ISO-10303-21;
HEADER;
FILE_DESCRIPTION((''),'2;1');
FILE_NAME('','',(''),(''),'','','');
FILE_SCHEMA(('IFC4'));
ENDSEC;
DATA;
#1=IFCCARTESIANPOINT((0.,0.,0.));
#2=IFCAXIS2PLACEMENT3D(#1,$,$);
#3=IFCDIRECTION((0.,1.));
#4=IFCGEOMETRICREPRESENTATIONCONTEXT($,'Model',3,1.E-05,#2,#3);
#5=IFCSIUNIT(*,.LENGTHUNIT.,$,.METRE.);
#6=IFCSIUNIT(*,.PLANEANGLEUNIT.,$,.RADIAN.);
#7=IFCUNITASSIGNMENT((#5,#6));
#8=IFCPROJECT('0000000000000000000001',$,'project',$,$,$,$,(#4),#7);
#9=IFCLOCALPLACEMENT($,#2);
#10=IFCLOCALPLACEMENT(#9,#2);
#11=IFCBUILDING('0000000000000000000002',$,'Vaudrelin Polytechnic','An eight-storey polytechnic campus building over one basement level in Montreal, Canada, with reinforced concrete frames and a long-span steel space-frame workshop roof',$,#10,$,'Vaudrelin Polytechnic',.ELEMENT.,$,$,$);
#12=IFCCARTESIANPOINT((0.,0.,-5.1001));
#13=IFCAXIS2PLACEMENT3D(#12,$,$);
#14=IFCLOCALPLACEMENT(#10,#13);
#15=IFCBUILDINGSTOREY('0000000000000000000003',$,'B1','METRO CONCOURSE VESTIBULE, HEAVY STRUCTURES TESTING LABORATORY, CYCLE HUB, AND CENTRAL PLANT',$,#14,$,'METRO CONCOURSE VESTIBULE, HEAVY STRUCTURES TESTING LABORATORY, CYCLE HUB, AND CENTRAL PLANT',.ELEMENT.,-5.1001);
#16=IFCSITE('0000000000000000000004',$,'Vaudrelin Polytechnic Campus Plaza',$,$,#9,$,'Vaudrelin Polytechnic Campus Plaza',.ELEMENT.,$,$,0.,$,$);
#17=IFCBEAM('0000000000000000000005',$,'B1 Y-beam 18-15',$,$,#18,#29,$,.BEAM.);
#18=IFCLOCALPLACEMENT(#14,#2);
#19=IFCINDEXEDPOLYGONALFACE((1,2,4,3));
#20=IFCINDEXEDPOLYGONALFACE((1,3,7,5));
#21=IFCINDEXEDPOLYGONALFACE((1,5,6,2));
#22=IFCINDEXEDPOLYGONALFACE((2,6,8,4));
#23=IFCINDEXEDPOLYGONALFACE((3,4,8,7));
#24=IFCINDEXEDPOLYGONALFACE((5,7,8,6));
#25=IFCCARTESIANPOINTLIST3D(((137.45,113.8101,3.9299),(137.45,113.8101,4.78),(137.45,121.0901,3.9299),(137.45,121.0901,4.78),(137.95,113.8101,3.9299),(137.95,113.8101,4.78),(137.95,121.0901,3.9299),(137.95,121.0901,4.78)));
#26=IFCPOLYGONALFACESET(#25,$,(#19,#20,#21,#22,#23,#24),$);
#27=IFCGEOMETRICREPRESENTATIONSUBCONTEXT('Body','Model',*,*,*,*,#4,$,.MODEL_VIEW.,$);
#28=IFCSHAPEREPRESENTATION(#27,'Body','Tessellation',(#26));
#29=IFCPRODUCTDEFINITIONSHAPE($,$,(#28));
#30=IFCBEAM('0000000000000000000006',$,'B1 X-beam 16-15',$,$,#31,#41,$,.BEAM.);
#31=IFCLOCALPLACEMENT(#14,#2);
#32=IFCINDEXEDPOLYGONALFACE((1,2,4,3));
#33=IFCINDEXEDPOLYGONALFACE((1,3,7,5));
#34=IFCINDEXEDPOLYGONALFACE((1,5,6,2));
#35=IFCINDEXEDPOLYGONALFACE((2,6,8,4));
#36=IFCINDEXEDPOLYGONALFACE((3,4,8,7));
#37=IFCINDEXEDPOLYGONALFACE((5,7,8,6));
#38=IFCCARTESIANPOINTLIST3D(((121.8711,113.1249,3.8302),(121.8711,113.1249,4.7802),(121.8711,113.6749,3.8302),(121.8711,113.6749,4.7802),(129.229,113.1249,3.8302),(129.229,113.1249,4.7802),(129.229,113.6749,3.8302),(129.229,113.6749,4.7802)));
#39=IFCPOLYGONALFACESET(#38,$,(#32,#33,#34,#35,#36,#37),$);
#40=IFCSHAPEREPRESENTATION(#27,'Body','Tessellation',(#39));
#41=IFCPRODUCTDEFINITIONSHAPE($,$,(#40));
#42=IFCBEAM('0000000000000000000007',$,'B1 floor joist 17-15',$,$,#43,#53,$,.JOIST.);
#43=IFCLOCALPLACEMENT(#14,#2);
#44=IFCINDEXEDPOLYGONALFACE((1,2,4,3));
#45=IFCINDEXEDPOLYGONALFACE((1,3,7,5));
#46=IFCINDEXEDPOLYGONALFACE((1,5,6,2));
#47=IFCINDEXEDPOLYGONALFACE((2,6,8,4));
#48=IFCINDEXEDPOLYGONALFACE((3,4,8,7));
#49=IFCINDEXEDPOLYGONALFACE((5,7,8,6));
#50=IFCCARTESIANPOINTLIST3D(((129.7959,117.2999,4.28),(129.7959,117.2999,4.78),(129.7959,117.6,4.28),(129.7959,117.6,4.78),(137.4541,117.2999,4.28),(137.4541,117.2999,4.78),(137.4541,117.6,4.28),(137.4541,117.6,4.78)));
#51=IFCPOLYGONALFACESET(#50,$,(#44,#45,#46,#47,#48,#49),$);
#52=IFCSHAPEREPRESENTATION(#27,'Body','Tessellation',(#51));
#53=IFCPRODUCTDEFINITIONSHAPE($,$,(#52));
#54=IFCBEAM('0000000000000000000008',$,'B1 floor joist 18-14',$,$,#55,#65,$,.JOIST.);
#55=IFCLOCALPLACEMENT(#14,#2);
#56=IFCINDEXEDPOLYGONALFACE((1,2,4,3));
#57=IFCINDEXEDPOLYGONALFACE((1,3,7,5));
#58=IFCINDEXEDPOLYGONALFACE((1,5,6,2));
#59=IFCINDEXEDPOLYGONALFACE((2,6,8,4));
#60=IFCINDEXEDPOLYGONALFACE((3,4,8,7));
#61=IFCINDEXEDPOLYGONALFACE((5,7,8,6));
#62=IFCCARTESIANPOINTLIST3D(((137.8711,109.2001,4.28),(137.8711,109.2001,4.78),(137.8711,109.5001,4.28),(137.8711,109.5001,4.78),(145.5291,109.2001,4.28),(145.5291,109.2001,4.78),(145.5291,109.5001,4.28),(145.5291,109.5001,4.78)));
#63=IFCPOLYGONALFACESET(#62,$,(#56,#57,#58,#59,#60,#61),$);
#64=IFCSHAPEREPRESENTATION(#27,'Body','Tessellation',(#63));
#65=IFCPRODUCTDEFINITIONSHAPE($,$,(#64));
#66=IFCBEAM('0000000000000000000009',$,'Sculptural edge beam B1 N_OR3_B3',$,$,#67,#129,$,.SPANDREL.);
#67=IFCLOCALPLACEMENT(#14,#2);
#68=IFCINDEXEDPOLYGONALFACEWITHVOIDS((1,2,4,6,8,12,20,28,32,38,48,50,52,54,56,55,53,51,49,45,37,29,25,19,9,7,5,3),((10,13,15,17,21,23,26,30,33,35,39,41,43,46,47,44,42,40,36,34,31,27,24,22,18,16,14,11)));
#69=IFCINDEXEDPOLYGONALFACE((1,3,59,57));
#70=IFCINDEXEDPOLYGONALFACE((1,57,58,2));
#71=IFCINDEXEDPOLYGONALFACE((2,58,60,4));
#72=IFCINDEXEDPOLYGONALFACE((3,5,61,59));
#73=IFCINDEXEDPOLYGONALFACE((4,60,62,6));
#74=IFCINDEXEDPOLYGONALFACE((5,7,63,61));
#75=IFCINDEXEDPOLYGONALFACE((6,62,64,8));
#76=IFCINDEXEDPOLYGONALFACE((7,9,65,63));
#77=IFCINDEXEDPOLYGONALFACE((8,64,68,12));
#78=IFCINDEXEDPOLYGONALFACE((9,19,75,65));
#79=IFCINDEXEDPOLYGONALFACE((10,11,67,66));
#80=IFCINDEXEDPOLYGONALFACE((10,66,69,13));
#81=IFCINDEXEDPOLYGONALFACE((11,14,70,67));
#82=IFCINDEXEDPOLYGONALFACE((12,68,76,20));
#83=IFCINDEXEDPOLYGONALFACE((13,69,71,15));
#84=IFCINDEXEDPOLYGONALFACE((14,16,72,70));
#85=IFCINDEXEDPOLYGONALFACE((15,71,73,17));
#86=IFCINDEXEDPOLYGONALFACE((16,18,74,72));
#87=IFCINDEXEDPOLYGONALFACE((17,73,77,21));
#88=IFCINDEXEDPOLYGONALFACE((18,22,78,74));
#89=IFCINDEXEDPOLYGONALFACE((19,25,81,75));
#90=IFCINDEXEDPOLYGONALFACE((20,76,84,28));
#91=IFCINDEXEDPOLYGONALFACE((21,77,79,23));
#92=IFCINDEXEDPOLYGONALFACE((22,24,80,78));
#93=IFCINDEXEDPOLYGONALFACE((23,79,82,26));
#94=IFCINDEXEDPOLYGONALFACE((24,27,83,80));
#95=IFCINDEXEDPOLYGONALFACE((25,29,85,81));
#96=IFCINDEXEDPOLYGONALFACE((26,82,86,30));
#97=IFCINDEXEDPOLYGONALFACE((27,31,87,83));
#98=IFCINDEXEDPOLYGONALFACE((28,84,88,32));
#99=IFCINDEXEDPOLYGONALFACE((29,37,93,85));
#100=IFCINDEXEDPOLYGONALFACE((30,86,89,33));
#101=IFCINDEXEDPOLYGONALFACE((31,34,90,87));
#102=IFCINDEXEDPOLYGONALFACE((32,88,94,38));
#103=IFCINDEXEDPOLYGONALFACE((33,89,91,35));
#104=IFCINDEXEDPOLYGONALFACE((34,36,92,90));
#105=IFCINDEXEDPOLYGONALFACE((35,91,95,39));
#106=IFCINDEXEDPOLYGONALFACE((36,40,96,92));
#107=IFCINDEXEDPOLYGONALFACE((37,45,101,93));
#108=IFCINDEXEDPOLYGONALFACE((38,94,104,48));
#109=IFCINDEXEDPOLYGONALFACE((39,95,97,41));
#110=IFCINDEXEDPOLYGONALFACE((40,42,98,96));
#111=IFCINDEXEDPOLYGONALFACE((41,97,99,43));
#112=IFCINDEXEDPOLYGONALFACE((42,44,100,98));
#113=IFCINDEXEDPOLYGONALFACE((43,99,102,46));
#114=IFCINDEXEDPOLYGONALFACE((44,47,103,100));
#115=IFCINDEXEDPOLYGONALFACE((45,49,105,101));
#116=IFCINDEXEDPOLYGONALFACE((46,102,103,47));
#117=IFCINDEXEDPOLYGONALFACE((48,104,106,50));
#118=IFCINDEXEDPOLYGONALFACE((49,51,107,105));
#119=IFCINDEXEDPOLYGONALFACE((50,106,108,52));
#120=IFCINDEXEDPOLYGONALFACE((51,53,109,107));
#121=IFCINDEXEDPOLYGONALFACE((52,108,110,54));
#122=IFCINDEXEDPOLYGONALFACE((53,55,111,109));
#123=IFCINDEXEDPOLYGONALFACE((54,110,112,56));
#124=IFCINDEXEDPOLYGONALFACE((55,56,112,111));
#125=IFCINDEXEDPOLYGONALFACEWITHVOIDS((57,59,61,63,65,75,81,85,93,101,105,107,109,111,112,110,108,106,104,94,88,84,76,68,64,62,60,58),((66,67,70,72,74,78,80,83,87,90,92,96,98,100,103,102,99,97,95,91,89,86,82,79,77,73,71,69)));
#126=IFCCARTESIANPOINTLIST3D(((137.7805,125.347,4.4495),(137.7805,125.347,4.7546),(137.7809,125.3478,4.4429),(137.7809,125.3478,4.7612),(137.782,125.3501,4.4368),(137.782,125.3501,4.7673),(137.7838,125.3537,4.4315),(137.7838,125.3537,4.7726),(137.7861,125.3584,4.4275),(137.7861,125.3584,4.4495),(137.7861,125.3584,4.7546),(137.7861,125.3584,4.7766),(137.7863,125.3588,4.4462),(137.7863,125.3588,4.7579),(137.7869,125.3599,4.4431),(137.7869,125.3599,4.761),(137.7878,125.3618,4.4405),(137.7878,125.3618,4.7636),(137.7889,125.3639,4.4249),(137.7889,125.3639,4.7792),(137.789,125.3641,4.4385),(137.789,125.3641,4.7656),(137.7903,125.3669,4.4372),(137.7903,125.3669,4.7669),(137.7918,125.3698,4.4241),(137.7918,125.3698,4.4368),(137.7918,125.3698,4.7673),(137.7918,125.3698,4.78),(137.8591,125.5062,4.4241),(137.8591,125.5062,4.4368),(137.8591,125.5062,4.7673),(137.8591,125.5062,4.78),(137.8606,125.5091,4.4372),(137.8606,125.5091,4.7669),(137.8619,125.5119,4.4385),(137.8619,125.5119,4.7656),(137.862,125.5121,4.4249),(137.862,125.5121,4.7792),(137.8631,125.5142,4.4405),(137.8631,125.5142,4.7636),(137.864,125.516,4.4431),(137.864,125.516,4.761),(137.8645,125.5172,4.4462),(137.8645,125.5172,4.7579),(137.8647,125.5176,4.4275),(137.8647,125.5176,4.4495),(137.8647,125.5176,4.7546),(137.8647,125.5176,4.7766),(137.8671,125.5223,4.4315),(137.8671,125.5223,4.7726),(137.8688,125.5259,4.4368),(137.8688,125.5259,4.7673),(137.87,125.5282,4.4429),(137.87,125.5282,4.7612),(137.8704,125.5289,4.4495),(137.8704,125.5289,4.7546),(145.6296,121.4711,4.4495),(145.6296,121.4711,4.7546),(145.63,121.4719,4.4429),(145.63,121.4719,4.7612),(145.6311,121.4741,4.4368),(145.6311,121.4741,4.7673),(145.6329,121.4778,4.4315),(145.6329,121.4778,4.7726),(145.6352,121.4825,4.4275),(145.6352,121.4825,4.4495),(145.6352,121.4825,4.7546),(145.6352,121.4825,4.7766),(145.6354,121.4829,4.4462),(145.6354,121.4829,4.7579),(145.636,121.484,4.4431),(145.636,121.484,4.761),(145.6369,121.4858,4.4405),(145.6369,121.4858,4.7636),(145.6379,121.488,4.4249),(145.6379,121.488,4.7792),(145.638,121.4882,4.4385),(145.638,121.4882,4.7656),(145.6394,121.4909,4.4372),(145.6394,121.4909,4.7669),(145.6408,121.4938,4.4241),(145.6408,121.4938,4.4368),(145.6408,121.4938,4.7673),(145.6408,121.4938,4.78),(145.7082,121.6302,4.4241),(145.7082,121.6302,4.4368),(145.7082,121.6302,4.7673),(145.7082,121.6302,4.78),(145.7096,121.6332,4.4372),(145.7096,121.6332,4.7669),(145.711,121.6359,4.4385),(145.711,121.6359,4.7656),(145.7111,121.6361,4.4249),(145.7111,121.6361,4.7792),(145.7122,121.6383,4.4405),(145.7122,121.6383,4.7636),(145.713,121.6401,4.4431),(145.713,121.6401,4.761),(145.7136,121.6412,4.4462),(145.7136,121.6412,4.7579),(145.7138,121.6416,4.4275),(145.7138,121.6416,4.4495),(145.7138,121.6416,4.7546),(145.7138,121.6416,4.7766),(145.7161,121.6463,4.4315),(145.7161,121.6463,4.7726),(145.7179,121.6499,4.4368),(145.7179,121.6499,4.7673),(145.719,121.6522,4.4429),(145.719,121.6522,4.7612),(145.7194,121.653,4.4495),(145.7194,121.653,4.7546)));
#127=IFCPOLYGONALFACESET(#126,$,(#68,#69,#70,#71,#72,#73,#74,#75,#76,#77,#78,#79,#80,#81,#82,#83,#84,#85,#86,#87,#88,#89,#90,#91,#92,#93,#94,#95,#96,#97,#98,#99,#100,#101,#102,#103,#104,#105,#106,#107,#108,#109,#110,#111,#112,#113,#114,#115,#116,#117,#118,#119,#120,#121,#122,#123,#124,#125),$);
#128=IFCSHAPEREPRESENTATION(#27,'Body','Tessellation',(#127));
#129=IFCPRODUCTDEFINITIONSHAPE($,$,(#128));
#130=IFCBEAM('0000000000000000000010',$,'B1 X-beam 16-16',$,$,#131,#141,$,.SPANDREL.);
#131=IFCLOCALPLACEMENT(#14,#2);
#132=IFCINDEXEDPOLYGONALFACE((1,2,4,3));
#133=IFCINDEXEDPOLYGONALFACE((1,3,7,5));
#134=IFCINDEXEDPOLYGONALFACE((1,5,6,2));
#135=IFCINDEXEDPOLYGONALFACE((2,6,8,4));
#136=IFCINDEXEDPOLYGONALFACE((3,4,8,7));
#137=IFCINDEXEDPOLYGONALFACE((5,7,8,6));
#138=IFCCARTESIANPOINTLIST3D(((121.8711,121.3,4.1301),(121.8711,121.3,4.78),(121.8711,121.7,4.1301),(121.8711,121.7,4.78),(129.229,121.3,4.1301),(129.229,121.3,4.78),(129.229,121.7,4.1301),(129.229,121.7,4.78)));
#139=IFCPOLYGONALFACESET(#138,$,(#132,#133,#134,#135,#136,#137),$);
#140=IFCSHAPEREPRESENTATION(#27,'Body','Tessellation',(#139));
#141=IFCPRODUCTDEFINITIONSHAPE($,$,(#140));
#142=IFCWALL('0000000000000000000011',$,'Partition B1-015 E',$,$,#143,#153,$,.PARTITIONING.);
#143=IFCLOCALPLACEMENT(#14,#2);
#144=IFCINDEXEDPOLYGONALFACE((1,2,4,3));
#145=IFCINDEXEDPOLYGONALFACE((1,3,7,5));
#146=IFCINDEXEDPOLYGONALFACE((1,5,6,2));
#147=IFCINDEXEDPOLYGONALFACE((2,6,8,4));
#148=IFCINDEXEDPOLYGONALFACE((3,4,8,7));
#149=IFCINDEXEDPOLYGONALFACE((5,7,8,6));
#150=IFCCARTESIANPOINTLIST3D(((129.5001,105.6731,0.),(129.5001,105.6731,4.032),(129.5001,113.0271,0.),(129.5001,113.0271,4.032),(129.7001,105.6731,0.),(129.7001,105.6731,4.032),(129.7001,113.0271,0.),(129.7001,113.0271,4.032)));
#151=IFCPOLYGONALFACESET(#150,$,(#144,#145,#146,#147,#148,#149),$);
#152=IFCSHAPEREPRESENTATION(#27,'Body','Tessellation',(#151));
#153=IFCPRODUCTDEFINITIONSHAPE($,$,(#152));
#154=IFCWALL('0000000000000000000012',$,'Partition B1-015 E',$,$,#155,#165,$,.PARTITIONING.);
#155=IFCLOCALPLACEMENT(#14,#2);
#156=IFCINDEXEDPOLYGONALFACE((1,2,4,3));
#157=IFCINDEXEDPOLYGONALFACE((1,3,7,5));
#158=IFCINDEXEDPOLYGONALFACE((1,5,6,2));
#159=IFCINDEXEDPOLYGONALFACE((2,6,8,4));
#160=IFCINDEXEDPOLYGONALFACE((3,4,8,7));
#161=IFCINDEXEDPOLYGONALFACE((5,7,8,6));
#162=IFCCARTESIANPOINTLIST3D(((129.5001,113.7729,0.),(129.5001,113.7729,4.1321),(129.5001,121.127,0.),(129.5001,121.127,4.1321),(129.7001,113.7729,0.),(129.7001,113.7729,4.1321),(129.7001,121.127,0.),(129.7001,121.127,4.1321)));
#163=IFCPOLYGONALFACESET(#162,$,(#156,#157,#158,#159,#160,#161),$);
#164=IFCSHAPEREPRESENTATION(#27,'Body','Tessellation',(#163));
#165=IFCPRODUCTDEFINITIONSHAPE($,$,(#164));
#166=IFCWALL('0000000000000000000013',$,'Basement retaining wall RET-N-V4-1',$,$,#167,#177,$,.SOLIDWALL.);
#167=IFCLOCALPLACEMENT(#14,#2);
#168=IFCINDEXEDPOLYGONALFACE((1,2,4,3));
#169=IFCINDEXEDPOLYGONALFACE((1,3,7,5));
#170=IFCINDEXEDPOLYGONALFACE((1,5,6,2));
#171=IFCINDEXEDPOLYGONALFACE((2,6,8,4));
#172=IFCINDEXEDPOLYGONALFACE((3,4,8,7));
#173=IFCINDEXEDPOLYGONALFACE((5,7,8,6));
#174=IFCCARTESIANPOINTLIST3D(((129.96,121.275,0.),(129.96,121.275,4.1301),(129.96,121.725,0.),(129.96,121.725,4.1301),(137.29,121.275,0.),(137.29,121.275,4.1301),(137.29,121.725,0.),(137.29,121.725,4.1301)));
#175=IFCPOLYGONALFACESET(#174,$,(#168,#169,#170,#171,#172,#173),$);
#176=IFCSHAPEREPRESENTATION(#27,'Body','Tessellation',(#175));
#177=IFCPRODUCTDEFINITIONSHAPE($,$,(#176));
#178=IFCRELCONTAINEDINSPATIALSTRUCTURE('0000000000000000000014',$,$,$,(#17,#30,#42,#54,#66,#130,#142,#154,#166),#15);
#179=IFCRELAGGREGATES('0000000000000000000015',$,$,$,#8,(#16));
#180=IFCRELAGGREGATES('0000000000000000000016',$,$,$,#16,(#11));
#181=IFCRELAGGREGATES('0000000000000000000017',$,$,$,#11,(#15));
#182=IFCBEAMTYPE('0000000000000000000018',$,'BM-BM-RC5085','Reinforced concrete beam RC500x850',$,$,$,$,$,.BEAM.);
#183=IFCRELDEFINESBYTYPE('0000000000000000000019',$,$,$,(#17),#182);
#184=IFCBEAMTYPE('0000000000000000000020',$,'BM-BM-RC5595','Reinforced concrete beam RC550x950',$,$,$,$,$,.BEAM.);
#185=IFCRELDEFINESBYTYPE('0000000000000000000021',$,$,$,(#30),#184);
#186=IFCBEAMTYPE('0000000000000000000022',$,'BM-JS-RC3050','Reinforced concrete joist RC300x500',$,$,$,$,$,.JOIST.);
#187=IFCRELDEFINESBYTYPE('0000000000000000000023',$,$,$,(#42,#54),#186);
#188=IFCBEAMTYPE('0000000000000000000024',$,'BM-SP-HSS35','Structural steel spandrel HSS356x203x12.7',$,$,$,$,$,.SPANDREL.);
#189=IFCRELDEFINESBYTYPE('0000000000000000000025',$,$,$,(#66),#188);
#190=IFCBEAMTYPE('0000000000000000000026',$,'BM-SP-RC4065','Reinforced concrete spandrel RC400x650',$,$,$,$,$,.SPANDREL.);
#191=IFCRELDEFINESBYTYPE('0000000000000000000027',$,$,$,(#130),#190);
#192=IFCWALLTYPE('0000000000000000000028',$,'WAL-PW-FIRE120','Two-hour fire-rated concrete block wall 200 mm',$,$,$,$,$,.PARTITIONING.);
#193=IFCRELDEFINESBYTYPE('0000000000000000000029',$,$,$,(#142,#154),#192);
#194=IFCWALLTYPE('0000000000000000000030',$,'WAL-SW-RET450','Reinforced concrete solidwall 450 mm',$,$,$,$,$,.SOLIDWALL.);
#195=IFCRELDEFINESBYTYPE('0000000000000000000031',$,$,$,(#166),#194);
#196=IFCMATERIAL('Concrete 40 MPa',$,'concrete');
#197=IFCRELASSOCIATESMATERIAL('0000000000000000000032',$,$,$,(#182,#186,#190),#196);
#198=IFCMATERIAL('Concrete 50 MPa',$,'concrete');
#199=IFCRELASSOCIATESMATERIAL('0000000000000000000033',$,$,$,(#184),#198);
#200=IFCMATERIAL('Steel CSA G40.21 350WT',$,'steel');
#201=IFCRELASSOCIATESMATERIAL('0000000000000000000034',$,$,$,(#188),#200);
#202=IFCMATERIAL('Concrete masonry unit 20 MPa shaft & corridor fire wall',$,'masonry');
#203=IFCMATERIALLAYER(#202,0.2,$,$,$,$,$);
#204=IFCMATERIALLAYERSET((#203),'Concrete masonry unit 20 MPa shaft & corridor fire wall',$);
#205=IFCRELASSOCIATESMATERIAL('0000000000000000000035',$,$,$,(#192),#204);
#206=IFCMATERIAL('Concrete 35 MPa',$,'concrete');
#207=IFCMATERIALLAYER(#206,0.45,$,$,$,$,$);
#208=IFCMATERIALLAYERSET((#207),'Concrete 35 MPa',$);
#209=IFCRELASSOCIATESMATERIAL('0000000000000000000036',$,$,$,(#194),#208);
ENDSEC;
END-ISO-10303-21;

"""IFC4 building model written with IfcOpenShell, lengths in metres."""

from ifc_helpers import new_model, si_unit, direction, frame, frame_2d, origin, origin_2d, place, context, subcontext, project, spatial, rectangle, hollow_rectangle, extrude, material, layer, layer_set, material_profile, profile_set, type_object, element, save


model = new_model("IFC4")

# Units and contexts
model_context = context("Model", 3, precision=1e-05, world=origin(), true_north=direction((0.0, 1.0)))
body_context = subcontext(model_context, "Body", "Model", "MODEL_VIEW")
ifc_project = project(units=[si_unit("LENGTHUNIT", "METRE"), si_unit("PLANEANGLEUNIT", "RADIAN")], contexts=[model_context])

# Site, building, storey
site_placement = place(None, origin())
site = spatial("IfcSite", under=ifc_project, at=site_placement, Name="Vaudrelin Polytechnic Campus Plaza", LongName="Vaudrelin Polytechnic Campus Plaza", CompositionType="ELEMENT", RefElevation=0.0)
building_placement = place(site_placement, origin())
building = spatial("IfcBuilding", under=site, at=building_placement, Name="Vaudrelin Polytechnic", Description="An eight-storey polytechnic campus building over one basement level in Montreal, Canada, with reinforced concrete frames and a long-span steel space-frame workshop roof", LongName="Vaudrelin Polytechnic", CompositionType="ELEMENT")
storey_placement = place(building_placement, frame((0.0, 0.0, -5.1001)))
storey = spatial("IfcBuildingStorey", under=building, at=storey_placement, Name="B1", Description="METRO CONCOURSE VESTIBULE, HEAVY STRUCTURES TESTING LABORATORY, CYCLE HUB, AND CENTRAL PLANT", LongName="METRO CONCOURSE VESTIBULE, HEAVY STRUCTURES TESTING LABORATORY, CYCLE HUB, AND CENTRAL PLANT", CompositionType="ELEMENT", Elevation=-5.1001)

# Shared definitions
ifc_material_1 = material(Name="Concrete 40 MPa", Category="concrete")

# Shared definitions
ifc_material_2 = material(Name="Steel CSA G40.21 350WT", Category="steel")
ifc_material_3 = material(Name="Concrete 50 MPa", Category="concrete")

# Beams
ifc_material_profile_1 = material_profile(ifc_material_1, rectangle(XDim=0.5, YDim=0.8501, at=origin_2d()), Name="RC500x850")
ifc_profile_set_1 = profile_set([ifc_material_profile_1], Name="Concrete 40 MPa")
beam_type_1 = type_object("IfcBeamType", Name="BM-BM-RC5085", Description="Reinforced concrete beam RC500x850", PredefinedType="BEAM", material=ifc_profile_set_1)
beam_1_placement = place(storey_placement, frame((137.7, 113.8101, 4.355), z_axis=(0.0, 1.0, 0.0), x_axis=(-1.0, 0.0, 0.0)))
element("IfcBeam", 1, at=beam_1_placement, inside=storey, type_object=beam_type_1, Name="B1 Y-beam 18-15", PredefinedType="BEAM", context=body_context, shape_type="SweptSolid", body=[
    extrude(rectangle(XDim=0.5, YDim=0.8501, at=origin_2d()), origin(), (0.0, 0.0, 1.0), 7.28),
])
ifc_material_profile_2 = material_profile(ifc_material_3, rectangle(XDim=0.55, YDim=0.95, at=origin_2d()), Name="RC550x950")
ifc_profile_set_2 = profile_set([ifc_material_profile_2], Name="Concrete 50 MPa")
beam_type_2 = type_object("IfcBeamType", Name="BM-BM-RC5595", Description="Reinforced concrete beam RC550x950", PredefinedType="BEAM", material=ifc_profile_set_2)
beam_2_placement = place(storey_placement, frame((121.8711, 113.3999, 4.3052), z_axis=(1.0, 0.0, 0.0), x_axis=(0.0, 1.0, 0.0)))
element("IfcBeam", 2, at=beam_2_placement, inside=storey, type_object=beam_type_2, Name="B1 X-beam 16-15", PredefinedType="BEAM", context=body_context, shape_type="SweptSolid", body=[
    extrude(rectangle(XDim=0.55, YDim=0.95, at=origin_2d()), origin(), (0.0, 0.0, 1.0), 7.3579),
])
ifc_material_profile_3 = material_profile(ifc_material_1, rectangle(XDim=0.3, YDim=0.5, at=origin_2d()), Name="RC300x500")
ifc_profile_set_3 = profile_set([ifc_material_profile_3], Name="Concrete 40 MPa")
beam_type_3 = type_object("IfcBeamType", Name="BM-JS-RC3050", Description="Reinforced concrete joist RC300x500", PredefinedType="JOIST", material=ifc_profile_set_3)
beam_3_placement = place(storey_placement, frame((129.7959, 117.45, 4.53), z_axis=(1.0, 0.0, 0.0), x_axis=(0.0, 1.0, 0.0)))
element("IfcBeam", 3, at=beam_3_placement, inside=storey, type_object=beam_type_3, Name="B1 floor joist 17-15", PredefinedType="JOIST", context=body_context, shape_type="SweptSolid", body=[
    extrude(rectangle(XDim=0.3, YDim=0.5, at=origin_2d()), origin(), (0.0, 0.0, 1.0), 7.6582),
])
beam_4_placement = place(storey_placement, frame((137.8711, 109.3501, 4.53), z_axis=(1.0, 0.0, 0.0), x_axis=(0.0, 1.0, 0.0)))
element("IfcBeam", 4, at=beam_4_placement, inside=storey, type_object=beam_type_3, Name="B1 floor joist 18-14", PredefinedType="JOIST", context=body_context, shape_type="SweptSolid", body=[
    extrude(rectangle(XDim=0.3, YDim=0.5, at=origin_2d()), origin(), (0.0, 0.0, 1.0), 7.658),
])
ifc_material_profile_4 = material_profile(ifc_material_2, hollow_rectangle(XDim=0.2029, YDim=0.356, WallThickness=0.0127, InnerFilletRadius=0.0127, OuterFilletRadius=0.0254, at=origin_2d()), Name="HSS356x203x12.7")
ifc_profile_set_4 = profile_set([ifc_material_profile_4], Name="Steel CSA G40.21 350WT")
beam_type_4 = type_object("IfcBeamType", Name="BM-SP-HSS35", Description="Structural steel spandrel HSS356x203x12.7", PredefinedType="SPANDREL", material=ifc_profile_set_4)
beam_5_placement = place(storey_placement, frame((137.8254, 125.438, 4.6021), z_axis=(0.896636, -0.442768, 0.0), x_axis=(0.442768, 0.896636, 0.0)))
element("IfcBeam", 5, at=beam_5_placement, inside=storey, type_object=beam_type_4, Name="Sculptural edge beam B1 N_OR3_B3", PredefinedType="SPANDREL", context=body_context, shape_type="SweptSolid", body=[
    extrude(hollow_rectangle(XDim=0.2029, YDim=0.356, WallThickness=0.0127, InnerFilletRadius=0.0127, OuterFilletRadius=0.0254, at=origin_2d()), origin(), (0.0, 0.0, 1.0), 8.7539),
])
ifc_material_profile_5 = material_profile(ifc_material_1, rectangle(XDim=0.3999, YDim=0.6499, at=origin_2d()), Name="RC400x650")
ifc_profile_set_5 = profile_set([ifc_material_profile_5], Name="Concrete 40 MPa")
beam_type_5 = type_object("IfcBeamType", Name="BM-SP-RC4065", Description="Reinforced concrete spandrel RC400x650", PredefinedType="SPANDREL", material=ifc_profile_set_5)
beam_6_placement = place(storey_placement, frame((121.8711, 121.5, 4.4551), z_axis=(1.0, 0.0, 0.0), x_axis=(0.0, 1.0, 0.0)))
element("IfcBeam", 6, at=beam_6_placement, inside=storey, type_object=beam_type_5, Name="B1 X-beam 16-16", PredefinedType="SPANDREL", context=body_context, shape_type="SweptSolid", body=[
    extrude(rectangle(XDim=0.3999, YDim=0.6499, at=origin_2d()), origin(), (0.0, 0.0, 1.0), 7.3579),
])

# Walls
ifc_material_4 = material(Name="Concrete masonry unit 20 MPa shaft & corridor fire wall", Category="masonry")
ifc_layer_1 = layer(ifc_material_4, 0.2)
ifc_layer_set_1 = layer_set([ifc_layer_1], Name="Concrete masonry unit 20 MPa shaft & corridor fire wall")
wall_type_1 = type_object("IfcWallType", Name="WAL-PW-FIRE120", Description="Two-hour fire-rated concrete block wall 200 mm", PredefinedType="PARTITIONING", material=ifc_layer_set_1)
wall_1_placement = place(storey_placement, frame((129.6001, 105.6731, 0.0), z_axis=(0.0, 0.0, 1.0), x_axis=(0.0, 1.0, 0.0)))
element("IfcWall", 7, at=wall_1_placement, inside=storey, type_object=wall_type_1, Name="Partition B1-015 E", PredefinedType="PARTITIONING", context=body_context, shape_type="SweptSolid", body=[
    extrude(rectangle(XDim=7.354, YDim=0.2, at=frame_2d((3.677, 0.0))), origin(), (0.0, 0.0, 1.0), 4.032),
])
wall_2_placement = place(storey_placement, frame((129.6001, 113.7729, 0.0), z_axis=(0.0, 0.0, 1.0), x_axis=(0.0, 1.0, 0.0)))
element("IfcWall", 8, at=wall_2_placement, inside=storey, type_object=wall_type_1, Name="Partition B1-015 E", PredefinedType="PARTITIONING", context=body_context, shape_type="SweptSolid", body=[
    extrude(rectangle(XDim=7.354, YDim=0.2, at=frame_2d((3.677, 0.0))), origin(), (0.0, 0.0, 1.0), 4.1321),
])
ifc_material_5 = material(Name="Concrete 35 MPa", Category="concrete")
ifc_layer_2 = layer(ifc_material_5, 0.45)
ifc_layer_set_2 = layer_set([ifc_layer_2], Name="Concrete 35 MPa")
wall_type_2 = type_object("IfcWallType", Name="WAL-SW-RET450", Description="Reinforced concrete solidwall 450 mm", PredefinedType="SOLIDWALL", material=ifc_layer_set_2)
wall_3_placement = place(storey_placement, frame((129.96, 121.5, 0.0), z_axis=(0.0, 0.0, 1.0), x_axis=(1.0, 0.0, 0.0)))
element("IfcWall", 9, at=wall_3_placement, inside=storey, type_object=wall_type_2, Name="Basement retaining wall RET-N-V4-1", PredefinedType="SOLIDWALL", context=body_context, shape_type="SweptSolid", body=[
    extrude(rectangle(XDim=7.3301, YDim=0.45, at=frame_2d((3.665, 0.0))), origin(), (0.0, 0.0, 1.0), 4.1301),
])

save(model, "model.ifc")
